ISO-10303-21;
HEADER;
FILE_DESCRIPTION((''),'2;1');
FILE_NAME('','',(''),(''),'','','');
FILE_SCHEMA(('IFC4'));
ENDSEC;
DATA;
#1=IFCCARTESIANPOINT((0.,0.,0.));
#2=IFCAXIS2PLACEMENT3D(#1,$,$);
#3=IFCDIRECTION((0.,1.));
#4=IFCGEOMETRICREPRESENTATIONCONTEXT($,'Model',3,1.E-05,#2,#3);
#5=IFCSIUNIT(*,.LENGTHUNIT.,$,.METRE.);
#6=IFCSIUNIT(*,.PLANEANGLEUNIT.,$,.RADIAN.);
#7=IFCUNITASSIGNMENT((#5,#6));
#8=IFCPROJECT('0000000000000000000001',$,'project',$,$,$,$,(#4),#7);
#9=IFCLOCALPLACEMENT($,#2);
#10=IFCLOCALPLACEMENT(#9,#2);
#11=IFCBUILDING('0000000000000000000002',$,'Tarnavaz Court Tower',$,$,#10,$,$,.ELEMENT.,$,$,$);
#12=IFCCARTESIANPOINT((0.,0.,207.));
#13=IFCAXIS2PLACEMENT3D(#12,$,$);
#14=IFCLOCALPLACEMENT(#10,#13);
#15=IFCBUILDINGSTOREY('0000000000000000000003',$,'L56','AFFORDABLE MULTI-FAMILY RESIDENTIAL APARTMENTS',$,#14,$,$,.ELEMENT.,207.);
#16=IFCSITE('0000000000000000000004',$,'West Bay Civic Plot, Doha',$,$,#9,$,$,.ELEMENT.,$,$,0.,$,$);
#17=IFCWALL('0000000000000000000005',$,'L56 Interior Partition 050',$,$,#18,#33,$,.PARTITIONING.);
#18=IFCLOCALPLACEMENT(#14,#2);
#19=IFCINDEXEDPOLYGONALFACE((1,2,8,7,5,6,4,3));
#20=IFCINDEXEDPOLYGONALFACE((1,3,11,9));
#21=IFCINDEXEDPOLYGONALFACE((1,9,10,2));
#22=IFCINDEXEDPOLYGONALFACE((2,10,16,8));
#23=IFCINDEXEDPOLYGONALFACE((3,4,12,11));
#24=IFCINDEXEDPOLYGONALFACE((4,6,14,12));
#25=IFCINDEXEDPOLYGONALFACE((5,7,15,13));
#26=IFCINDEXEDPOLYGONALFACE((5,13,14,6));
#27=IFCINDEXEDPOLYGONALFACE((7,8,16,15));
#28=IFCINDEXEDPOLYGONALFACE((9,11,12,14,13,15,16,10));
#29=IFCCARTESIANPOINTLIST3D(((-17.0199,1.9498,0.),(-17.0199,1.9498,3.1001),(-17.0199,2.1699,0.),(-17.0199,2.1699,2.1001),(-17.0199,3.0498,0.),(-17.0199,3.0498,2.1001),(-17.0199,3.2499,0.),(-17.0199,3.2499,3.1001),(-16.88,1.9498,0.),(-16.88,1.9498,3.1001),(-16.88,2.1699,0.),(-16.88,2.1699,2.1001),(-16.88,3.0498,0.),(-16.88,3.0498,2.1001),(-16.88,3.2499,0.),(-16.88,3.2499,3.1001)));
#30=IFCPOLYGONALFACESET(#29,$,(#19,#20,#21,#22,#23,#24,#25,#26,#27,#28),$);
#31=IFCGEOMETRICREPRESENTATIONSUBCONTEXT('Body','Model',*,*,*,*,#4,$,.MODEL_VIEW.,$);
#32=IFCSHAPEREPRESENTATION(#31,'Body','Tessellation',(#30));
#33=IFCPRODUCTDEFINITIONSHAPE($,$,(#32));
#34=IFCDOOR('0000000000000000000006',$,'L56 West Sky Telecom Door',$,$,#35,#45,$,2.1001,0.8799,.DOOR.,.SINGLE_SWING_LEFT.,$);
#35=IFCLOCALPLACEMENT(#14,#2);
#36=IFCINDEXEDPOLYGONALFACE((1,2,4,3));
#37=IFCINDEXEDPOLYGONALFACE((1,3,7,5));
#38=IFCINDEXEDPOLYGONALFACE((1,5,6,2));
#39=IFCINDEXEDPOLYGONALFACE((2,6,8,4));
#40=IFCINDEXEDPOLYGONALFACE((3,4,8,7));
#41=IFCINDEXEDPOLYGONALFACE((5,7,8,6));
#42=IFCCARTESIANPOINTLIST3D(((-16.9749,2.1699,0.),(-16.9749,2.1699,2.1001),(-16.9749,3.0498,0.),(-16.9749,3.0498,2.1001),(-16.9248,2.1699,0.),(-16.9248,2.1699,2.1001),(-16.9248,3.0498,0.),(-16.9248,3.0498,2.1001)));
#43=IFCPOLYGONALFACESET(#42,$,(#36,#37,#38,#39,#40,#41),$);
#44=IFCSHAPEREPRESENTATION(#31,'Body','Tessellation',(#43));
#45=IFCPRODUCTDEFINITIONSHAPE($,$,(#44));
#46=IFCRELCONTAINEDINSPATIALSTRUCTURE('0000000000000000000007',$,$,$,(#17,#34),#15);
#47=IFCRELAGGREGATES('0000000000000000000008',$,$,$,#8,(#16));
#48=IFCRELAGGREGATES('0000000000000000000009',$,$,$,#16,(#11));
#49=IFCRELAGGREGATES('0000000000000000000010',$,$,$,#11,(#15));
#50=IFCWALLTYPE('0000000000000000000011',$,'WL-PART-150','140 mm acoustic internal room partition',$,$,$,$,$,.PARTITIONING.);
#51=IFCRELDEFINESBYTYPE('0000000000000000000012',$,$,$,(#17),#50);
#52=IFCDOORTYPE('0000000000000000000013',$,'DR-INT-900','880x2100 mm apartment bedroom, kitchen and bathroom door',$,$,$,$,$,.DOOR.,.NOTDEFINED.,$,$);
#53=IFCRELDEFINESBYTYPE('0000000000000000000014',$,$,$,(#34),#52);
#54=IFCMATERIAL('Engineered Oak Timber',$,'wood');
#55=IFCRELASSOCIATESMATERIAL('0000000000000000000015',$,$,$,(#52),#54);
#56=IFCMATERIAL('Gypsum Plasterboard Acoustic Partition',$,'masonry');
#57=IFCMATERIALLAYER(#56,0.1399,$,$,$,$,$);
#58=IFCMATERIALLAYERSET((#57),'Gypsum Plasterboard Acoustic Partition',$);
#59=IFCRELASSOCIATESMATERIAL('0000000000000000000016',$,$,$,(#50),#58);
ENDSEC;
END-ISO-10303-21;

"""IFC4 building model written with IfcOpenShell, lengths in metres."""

from ifc_helpers import new_model, si_unit, direction, frame, frame_2d, origin, place, context, subcontext, project, spatial, rectangle, extrude, material, layer, layer_set, type_object, element, fill, save


model = new_model("IFC4")

# Units and contexts
model_context = context("Model", 3, precision=1e-05, world=origin(), true_north=direction((0.0, 1.0)))
body_context = subcontext(model_context, "Body", "Model", "MODEL_VIEW")
ifc_project = project(units=[si_unit("LENGTHUNIT", "METRE"), si_unit("PLANEANGLEUNIT", "RADIAN")], contexts=[model_context])

# Site, building, storey
site_placement = place(None, origin())
site = spatial("IfcSite", under=ifc_project, at=site_placement, Name="West Bay Civic Plot, Doha", CompositionType="ELEMENT", RefElevation=0.0)
building_placement = place(site_placement, origin())
building = spatial("IfcBuilding", under=site, at=building_placement, Name="Tarnavaz Court Tower", CompositionType="ELEMENT")
storey_placement = place(building_placement, frame((0.0, 0.0, 207.0)))
storey = spatial("IfcBuildingStorey", under=building, at=storey_placement, Name="L56", Description="AFFORDABLE MULTI-FAMILY RESIDENTIAL APARTMENTS", CompositionType="ELEMENT", Elevation=207.0)

# Shared definitions
ifc_material_1 = material(Name="Engineered Oak Timber", Category="wood")
door_type_1 = type_object("IfcDoorType", Name="DR-INT-900", Description="880x2100 mm apartment bedroom, kitchen and bathroom door", OperationType="NOTDEFINED", PredefinedType="DOOR", material=ifc_material_1)

# Wall, opening, door
ifc_material_2 = material(Name="Gypsum Plasterboard Acoustic Partition", Category="masonry")
ifc_layer_1 = layer(ifc_material_2, 0.1399)
ifc_layer_set_1 = layer_set([ifc_layer_1], Name="Gypsum Plasterboard Acoustic Partition")
wall_type_1 = type_object("IfcWallType", Name="WL-PART-150", Description="140 mm acoustic internal room partition", PredefinedType="PARTITIONING", material=ifc_layer_set_1)
wall_1_placement = place(storey_placement, frame((-16.95, 1.95, 0.0), z_axis=(0.0, 0.0, 1.0), x_axis=(0.0, 1.0, 0.0)))
wall_1 = element("IfcWall", 1, at=wall_1_placement, inside=storey, type_object=wall_type_1, Name="L56 Interior Partition 050", PredefinedType="PARTITIONING", context=body_context, shape_type="SweptSolid", body=[
    extrude(rectangle(XDim=1.3, YDim=0.1399, at=frame_2d((0.6499, 0.0))), origin(), (0.0, 0.0, 1.0), 3.1001),
])
opening_1_placement = place(wall_1_placement, frame((0.22, 0.0, 0.0)))
opening_1 = element("IfcOpeningElement", 2, at=opening_1_placement, cuts=wall_1, PredefinedType="OPENING", context=body_context, shape_type="SweptSolid", body=[
    extrude(rectangle(XDim=0.8799, YDim=2.1001, at=frame_2d((0.4399, 1.05))), frame((0.0, 0.0798, 0.0), z_axis=(0.0, -1.0, 0.0), x_axis=(1.0, 0.0, 0.0)), (0.0, 0.0, 1.0), 0.1599),
])
door_1_placement = place(opening_1_placement, origin())
door_1 = element("IfcDoor", 3, at=door_1_placement, inside=storey, type_object=door_type_1, Name="L56 West Sky Telecom Door", OperationType="SINGLE_SWING_LEFT", OverallHeight=2.1001, OverallWidth=0.8799, PredefinedType="DOOR", context=body_context, shape_type="SweptSolid", body=[
    extrude(rectangle(XDim=0.8799, YDim=2.1001, at=frame_2d((0.4399, 1.05))), frame((0.0, 0.0249, 0.0), z_axis=(0.0, -1.0, 0.0), x_axis=(1.0, 0.0, 0.0)), (0.0, 0.0, 1.0), 0.05),
])
fill(opening_1, door_1)

save(model, "model.ifc")
